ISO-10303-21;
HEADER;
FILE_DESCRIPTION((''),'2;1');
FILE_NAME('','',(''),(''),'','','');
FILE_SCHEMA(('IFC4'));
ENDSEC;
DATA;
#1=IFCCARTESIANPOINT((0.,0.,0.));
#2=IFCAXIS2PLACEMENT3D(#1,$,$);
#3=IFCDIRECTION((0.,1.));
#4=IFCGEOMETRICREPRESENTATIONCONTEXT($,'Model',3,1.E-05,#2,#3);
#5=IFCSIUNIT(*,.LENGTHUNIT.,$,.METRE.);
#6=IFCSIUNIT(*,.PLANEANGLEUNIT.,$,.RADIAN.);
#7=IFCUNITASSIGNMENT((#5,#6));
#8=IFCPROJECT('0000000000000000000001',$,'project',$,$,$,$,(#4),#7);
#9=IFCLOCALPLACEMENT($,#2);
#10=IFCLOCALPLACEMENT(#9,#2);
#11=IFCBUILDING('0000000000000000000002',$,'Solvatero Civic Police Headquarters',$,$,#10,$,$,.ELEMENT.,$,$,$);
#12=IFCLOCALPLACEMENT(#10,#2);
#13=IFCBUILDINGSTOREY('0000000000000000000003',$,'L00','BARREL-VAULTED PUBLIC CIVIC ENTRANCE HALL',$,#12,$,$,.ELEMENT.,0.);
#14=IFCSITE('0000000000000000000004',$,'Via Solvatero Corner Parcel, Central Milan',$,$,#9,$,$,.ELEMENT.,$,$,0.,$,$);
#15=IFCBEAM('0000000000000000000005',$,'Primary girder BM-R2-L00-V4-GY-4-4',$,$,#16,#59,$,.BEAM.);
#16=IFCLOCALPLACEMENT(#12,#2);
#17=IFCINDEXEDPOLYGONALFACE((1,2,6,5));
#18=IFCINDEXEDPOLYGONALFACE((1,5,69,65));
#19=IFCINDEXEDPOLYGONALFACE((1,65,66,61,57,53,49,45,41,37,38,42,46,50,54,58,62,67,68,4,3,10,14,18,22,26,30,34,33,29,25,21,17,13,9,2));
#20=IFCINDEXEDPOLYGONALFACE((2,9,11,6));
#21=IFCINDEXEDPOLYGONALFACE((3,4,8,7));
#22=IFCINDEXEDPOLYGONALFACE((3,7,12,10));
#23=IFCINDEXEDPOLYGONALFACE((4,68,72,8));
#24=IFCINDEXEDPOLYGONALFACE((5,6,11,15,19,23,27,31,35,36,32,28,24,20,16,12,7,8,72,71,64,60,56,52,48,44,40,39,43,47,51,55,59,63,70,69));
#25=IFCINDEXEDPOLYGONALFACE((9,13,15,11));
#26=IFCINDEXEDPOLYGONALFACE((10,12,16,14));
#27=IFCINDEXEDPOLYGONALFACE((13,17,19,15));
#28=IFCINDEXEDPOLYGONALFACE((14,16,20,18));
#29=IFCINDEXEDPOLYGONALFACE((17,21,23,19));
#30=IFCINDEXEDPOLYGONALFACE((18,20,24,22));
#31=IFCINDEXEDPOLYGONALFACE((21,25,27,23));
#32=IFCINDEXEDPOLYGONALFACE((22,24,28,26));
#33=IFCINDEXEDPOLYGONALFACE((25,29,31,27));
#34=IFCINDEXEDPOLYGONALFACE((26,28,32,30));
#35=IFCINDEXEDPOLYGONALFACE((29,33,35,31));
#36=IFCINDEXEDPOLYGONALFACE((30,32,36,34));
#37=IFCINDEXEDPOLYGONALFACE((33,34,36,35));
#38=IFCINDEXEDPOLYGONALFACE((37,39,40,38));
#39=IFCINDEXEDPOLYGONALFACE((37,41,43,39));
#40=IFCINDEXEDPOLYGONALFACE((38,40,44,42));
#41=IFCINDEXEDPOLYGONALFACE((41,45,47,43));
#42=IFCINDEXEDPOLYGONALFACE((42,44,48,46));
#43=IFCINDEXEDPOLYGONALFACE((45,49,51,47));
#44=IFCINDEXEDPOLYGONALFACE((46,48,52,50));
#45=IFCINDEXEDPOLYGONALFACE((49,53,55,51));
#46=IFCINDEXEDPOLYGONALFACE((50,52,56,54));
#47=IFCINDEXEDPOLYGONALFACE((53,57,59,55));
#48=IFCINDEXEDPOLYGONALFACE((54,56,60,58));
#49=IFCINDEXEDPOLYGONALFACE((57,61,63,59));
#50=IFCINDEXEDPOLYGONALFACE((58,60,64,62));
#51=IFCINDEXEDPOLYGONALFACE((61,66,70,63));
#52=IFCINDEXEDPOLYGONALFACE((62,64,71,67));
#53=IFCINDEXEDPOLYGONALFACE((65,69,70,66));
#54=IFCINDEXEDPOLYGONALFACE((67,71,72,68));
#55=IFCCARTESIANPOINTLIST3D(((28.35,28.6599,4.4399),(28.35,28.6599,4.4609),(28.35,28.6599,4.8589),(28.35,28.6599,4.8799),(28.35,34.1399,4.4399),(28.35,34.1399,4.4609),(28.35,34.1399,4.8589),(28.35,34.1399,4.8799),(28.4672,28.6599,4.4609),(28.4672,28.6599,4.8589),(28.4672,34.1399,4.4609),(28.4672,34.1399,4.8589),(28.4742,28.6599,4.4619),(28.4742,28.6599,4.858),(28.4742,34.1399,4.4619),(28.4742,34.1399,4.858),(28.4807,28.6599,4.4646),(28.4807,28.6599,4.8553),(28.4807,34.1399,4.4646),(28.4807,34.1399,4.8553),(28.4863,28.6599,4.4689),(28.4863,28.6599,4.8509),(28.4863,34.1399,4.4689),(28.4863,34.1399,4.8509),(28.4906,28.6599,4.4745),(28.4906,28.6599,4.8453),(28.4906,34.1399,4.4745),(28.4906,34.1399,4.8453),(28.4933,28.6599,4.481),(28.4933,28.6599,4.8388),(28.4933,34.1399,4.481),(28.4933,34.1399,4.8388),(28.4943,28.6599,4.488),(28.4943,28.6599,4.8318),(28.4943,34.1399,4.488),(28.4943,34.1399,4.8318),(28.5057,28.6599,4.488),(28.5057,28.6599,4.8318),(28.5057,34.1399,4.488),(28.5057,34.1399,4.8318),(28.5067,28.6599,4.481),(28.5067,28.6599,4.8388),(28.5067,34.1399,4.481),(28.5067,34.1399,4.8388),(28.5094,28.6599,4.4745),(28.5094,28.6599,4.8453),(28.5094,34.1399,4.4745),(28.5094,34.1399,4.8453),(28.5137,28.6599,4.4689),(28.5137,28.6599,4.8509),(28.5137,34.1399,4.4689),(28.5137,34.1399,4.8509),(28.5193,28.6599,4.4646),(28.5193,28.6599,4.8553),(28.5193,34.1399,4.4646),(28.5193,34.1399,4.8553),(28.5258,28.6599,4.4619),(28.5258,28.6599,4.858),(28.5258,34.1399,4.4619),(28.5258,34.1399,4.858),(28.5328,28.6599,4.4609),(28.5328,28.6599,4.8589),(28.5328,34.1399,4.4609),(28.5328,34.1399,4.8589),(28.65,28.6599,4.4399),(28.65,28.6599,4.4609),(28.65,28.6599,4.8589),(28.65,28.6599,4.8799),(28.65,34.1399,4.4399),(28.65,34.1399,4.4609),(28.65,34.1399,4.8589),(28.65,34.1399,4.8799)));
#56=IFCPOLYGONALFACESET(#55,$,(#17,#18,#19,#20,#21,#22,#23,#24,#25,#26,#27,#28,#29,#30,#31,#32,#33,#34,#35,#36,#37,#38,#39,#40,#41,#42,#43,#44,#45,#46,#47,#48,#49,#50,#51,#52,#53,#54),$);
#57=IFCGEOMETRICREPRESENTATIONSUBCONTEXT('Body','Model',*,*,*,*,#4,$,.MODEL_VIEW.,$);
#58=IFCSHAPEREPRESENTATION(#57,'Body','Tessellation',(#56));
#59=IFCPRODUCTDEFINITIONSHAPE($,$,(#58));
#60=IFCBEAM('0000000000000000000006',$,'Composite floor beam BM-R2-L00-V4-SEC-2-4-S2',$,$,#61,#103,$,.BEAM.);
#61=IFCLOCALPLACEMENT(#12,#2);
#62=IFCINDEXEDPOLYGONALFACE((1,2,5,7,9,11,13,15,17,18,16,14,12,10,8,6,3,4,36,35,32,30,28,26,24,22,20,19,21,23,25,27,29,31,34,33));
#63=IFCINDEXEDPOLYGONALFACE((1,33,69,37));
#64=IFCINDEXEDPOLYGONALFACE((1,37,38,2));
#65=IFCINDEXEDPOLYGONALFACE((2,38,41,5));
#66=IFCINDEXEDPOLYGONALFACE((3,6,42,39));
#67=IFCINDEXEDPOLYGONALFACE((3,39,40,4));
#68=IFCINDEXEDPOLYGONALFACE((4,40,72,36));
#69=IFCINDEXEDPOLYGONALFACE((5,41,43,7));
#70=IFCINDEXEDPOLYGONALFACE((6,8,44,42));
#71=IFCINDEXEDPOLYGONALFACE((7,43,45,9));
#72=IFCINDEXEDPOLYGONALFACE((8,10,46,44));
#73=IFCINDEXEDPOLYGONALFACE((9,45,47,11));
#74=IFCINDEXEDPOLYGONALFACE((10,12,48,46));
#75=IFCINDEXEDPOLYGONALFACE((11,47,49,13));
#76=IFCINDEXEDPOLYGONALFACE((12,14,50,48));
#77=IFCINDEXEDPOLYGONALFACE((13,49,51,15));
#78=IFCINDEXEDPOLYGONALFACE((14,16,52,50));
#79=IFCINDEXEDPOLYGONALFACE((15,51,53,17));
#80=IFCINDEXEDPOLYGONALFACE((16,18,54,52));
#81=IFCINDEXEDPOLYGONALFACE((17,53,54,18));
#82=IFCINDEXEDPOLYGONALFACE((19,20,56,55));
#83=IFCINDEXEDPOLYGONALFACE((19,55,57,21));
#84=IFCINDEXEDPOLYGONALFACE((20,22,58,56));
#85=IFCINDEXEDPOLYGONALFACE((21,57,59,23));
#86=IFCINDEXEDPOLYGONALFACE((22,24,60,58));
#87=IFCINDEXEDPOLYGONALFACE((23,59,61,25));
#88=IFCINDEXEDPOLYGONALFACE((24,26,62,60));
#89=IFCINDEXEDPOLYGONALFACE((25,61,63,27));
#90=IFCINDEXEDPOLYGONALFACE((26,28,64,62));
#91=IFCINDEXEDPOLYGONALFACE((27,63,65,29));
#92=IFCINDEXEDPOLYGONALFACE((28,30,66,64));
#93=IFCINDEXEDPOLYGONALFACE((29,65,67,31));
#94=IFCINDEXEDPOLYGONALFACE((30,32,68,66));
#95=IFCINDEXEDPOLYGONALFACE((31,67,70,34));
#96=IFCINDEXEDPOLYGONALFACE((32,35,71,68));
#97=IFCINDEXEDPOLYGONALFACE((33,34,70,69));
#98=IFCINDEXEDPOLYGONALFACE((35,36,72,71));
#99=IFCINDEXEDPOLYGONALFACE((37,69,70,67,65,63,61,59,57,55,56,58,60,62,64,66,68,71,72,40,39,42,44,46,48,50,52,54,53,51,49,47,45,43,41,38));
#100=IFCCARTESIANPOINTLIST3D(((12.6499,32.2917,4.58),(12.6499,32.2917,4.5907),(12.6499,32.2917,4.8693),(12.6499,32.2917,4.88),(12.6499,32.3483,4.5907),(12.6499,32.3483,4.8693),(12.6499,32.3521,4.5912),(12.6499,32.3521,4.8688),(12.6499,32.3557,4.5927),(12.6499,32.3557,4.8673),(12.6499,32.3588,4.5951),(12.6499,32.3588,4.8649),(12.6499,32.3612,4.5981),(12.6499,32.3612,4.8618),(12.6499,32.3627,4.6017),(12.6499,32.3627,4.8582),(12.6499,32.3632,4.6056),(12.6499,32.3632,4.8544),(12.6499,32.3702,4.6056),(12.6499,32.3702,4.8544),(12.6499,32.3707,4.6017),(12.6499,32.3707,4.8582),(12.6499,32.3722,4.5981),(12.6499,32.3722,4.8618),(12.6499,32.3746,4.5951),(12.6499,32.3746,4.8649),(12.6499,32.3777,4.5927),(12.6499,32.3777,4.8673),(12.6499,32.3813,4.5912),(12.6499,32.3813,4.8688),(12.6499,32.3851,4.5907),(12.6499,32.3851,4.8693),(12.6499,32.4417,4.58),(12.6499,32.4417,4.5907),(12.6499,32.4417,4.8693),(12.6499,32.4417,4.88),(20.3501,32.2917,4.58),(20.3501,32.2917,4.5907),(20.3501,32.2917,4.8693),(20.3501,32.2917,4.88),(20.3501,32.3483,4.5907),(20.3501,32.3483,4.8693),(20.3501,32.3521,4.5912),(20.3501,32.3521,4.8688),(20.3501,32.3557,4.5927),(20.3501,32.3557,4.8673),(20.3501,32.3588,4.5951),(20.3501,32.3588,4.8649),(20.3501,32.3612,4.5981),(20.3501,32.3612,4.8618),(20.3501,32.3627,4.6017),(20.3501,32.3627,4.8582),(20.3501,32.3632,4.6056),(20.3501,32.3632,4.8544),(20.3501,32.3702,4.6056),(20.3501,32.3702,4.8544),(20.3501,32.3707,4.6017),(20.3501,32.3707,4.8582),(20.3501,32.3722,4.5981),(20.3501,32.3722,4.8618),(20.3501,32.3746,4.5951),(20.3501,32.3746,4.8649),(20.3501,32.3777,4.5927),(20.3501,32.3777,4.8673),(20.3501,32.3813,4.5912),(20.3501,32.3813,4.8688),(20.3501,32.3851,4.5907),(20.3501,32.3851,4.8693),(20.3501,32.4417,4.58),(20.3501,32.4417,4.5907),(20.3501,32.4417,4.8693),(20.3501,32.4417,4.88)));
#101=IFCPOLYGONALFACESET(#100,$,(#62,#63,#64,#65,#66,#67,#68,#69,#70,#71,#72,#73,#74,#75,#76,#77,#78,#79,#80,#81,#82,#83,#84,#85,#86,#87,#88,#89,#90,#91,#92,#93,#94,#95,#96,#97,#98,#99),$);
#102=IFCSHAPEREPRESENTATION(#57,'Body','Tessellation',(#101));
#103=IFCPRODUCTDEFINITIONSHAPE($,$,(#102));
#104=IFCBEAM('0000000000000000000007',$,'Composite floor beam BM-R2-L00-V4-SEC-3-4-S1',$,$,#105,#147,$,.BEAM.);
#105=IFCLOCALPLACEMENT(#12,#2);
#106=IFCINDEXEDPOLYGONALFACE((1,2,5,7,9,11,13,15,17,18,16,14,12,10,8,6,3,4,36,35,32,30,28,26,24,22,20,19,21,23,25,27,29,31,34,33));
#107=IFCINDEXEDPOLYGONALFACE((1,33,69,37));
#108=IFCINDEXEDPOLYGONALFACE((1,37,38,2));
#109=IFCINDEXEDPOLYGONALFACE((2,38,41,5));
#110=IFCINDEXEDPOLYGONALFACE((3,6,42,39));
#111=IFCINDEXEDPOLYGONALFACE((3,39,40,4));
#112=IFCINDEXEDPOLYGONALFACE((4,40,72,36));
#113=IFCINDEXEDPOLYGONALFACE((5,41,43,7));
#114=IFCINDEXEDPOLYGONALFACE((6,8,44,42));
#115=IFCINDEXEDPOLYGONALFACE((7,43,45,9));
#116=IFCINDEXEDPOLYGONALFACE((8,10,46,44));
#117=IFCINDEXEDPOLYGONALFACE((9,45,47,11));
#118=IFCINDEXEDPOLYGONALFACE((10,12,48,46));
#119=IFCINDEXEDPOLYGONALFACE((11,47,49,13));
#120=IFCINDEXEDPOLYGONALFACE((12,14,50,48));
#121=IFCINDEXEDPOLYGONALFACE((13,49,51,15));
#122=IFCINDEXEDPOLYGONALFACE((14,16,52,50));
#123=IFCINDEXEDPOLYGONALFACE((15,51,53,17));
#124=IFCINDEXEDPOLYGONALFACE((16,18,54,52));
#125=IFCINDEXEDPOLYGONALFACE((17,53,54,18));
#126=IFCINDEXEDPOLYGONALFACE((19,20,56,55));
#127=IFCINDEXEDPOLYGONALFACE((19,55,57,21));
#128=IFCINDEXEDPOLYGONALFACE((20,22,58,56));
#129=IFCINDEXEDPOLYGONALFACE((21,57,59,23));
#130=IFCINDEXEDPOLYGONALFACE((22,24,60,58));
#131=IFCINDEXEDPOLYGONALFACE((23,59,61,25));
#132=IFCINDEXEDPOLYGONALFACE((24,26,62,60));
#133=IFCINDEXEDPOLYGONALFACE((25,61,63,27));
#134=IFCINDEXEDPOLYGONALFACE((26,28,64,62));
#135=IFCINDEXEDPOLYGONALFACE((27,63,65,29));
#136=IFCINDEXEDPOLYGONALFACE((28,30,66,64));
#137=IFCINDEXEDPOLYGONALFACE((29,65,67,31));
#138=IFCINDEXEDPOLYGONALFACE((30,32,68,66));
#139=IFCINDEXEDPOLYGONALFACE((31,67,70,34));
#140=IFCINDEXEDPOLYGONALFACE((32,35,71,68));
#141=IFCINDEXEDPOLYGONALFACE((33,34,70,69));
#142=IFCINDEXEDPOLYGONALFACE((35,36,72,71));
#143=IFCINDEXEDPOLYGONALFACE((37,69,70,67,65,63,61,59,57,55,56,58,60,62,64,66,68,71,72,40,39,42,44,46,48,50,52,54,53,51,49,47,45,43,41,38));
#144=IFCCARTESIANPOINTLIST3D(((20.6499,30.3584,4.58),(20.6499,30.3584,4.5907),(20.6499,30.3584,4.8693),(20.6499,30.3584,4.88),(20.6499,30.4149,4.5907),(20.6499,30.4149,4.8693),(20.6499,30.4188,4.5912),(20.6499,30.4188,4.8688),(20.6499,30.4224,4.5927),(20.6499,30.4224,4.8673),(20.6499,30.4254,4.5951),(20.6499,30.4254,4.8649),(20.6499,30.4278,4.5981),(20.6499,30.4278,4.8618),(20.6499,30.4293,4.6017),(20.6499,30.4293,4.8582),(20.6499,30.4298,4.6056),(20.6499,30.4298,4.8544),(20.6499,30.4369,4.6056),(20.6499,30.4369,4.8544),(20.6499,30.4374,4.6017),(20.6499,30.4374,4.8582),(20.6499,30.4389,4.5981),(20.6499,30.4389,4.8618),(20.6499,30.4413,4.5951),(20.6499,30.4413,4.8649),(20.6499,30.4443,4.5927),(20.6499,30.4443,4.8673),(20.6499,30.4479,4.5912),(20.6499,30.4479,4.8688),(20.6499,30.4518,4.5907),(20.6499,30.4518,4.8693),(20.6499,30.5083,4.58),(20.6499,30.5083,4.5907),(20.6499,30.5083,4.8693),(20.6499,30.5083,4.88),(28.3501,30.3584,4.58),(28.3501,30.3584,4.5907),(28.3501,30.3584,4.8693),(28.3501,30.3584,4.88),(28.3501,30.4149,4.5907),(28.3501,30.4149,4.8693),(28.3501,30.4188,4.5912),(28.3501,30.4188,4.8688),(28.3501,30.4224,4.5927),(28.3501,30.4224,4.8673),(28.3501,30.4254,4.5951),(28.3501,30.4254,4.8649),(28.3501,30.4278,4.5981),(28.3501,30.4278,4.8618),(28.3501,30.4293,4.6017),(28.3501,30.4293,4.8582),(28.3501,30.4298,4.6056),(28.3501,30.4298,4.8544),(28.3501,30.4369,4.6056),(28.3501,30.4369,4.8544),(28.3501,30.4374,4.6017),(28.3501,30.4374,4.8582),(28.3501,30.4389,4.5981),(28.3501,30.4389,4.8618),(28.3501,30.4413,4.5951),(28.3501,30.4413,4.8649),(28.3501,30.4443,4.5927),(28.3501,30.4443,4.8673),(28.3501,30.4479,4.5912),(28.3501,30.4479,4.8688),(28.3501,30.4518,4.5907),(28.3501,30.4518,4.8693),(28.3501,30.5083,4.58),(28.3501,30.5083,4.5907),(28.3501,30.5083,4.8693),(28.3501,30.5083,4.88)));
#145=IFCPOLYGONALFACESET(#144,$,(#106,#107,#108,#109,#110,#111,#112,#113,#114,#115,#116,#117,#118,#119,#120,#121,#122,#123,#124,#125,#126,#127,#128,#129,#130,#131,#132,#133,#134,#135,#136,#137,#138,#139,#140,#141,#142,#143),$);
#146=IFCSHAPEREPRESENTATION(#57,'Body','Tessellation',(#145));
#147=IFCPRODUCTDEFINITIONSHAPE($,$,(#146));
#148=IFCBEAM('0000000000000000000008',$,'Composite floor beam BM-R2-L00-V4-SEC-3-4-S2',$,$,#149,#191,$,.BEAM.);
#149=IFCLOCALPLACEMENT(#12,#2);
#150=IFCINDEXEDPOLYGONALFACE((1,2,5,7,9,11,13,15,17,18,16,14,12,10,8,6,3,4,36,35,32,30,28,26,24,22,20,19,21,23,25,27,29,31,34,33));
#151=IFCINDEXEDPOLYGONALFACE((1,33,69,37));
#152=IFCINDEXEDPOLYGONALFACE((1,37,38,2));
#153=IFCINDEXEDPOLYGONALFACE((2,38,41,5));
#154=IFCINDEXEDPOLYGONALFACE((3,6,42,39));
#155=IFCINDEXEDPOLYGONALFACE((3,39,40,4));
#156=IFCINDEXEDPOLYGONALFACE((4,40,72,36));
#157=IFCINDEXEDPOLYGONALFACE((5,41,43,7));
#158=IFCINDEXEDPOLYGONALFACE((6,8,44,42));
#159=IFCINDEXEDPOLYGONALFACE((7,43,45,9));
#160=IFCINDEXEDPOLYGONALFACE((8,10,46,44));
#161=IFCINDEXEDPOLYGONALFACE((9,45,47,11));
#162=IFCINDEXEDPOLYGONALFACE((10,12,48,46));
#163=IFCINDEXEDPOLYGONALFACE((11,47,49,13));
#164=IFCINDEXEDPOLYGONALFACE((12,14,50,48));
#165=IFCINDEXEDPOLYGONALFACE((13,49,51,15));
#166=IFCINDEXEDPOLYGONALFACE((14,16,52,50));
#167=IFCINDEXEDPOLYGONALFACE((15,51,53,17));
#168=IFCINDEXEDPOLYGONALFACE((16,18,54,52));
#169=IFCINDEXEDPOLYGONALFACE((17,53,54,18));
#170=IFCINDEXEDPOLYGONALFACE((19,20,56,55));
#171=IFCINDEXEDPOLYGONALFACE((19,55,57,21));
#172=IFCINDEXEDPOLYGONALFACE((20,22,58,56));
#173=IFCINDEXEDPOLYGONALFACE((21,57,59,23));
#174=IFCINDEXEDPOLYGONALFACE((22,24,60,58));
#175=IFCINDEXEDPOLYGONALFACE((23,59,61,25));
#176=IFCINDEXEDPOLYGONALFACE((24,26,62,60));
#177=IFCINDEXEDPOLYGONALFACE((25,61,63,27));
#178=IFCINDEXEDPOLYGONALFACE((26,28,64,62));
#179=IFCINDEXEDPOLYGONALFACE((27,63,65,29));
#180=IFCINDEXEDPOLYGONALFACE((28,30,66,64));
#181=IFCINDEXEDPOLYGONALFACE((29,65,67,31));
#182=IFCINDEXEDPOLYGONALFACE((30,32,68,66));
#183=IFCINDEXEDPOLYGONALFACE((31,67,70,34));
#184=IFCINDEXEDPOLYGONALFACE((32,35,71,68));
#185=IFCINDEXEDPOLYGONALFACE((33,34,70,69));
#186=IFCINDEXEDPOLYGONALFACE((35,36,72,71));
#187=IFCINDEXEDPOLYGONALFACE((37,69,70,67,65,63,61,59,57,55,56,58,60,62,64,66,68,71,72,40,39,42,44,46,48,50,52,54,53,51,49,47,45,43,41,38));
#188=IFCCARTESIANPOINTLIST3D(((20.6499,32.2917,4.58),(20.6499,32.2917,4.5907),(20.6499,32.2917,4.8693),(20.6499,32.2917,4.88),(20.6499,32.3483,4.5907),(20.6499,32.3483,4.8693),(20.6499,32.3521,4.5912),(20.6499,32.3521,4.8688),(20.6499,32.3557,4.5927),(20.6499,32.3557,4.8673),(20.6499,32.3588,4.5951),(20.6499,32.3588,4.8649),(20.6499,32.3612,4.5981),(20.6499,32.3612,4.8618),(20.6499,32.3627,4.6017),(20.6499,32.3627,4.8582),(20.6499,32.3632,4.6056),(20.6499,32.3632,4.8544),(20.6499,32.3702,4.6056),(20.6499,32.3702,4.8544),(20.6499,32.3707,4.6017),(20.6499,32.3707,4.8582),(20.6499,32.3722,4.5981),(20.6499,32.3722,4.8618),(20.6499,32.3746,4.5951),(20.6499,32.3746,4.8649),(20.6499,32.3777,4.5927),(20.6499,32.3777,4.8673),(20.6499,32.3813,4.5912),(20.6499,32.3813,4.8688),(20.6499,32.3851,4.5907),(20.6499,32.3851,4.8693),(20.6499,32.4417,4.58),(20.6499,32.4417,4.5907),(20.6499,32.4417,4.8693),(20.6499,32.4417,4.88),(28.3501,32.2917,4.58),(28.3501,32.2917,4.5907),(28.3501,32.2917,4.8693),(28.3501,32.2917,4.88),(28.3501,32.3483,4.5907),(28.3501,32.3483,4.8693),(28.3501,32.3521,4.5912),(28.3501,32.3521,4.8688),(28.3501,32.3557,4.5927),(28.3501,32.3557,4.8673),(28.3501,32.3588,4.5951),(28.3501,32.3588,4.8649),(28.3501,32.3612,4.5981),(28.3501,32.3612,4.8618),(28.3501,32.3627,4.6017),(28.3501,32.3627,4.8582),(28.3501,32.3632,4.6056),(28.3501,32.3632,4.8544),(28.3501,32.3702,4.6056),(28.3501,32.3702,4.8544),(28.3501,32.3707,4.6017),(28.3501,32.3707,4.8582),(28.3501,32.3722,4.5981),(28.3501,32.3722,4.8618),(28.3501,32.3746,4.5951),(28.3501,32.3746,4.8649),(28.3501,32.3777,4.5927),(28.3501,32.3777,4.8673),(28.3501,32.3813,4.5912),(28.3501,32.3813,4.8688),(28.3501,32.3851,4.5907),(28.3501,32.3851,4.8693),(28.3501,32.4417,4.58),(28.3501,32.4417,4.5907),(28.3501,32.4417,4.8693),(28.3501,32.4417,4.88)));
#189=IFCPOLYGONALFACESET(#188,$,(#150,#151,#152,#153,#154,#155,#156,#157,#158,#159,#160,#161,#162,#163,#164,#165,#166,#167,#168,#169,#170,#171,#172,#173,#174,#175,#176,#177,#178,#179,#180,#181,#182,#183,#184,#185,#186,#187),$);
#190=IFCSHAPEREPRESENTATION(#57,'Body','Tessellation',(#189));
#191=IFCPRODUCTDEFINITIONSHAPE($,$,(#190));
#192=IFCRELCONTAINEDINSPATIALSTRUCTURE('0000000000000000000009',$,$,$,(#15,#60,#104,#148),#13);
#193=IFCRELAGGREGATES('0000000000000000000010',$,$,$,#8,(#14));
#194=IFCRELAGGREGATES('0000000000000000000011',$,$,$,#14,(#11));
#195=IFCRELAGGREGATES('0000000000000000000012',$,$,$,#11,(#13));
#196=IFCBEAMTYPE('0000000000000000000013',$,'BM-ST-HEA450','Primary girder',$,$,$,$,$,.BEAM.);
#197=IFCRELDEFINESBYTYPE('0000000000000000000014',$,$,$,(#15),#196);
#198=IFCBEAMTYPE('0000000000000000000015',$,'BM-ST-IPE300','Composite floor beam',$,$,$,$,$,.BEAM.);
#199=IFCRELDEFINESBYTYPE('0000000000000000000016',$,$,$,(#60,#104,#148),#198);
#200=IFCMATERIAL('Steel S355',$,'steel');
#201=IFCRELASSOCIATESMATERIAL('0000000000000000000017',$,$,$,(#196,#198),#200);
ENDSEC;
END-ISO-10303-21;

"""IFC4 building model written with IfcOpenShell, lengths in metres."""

from ifc_helpers import new_model, si_unit, direction, frame, origin, origin_2d, place, context, subcontext, project, spatial, i_section, extrude, material, material_profile, profile_set, type_object, element, save


model = new_model("IFC4")

# Units and contexts
model_context = context("Model", 3, precision=1e-05, world=origin(), true_north=direction((0.0, 1.0)))
body_context = subcontext(model_context, "Body", "Model", "MODEL_VIEW")
ifc_project = project(units=[si_unit("LENGTHUNIT", "METRE"), si_unit("PLANEANGLEUNIT", "RADIAN")], contexts=[model_context])

# Site, building, storey
site_placement = place(None, origin())
site = spatial("IfcSite", under=ifc_project, at=site_placement, Name="Via Solvatero Corner Parcel, Central Milan", CompositionType="ELEMENT", RefElevation=0.0)
building_placement = place(site_placement, origin())
building = spatial("IfcBuilding", under=site, at=building_placement, Name="Solvatero Civic Police Headquarters", CompositionType="ELEMENT")
storey_placement = place(building_placement, origin())
storey = spatial("IfcBuildingStorey", under=building, at=storey_placement, Name="L00", Description="BARREL-VAULTED PUBLIC CIVIC ENTRANCE HALL", CompositionType="ELEMENT", Elevation=0.0)

# Beams
ifc_material_1 = material(Name="Steel S355", Category="steel")
ifc_material_profile_1 = material_profile(ifc_material_1, i_section(OverallWidth=0.3, OverallDepth=0.4399, WebThickness=0.0115, FlangeThickness=0.021, FilletRadius=0.0271, at=origin_2d()), Name="HEA 450")
ifc_profile_set_1 = profile_set([ifc_material_profile_1], Name="Steel S355")
beam_type_1 = type_object("IfcBeamType", Name="BM-ST-HEA450", Description="Primary girder", PredefinedType="BEAM", material=ifc_profile_set_1)
for number, where, z_axis, x_axis, name in (
    (1, (28.5, 28.6599, 4.6599), (0.0, 1.0, 0.0), (-1.0, 0.0, 0.0), "Primary girder BM-R2-L00-V4-GY-4-4"),
):
    element("IfcBeam", number, at=place(storey_placement, frame(where, z_axis=z_axis, x_axis=x_axis)), inside=storey, type_object=beam_type_1, Name=name, PredefinedType="BEAM", context=body_context, shape_type="SweptSolid", body=[
        extrude(i_section(OverallWidth=0.3, OverallDepth=0.4399, WebThickness=0.0115, FlangeThickness=0.021, FilletRadius=0.0271, at=origin_2d()), origin(), (0.0, 0.0, 1.0), 5.48),
    ])
ifc_material_profile_2 = material_profile(ifc_material_1, i_section(OverallWidth=0.1499, OverallDepth=0.3, WebThickness=0.0071, FlangeThickness=0.0107, FilletRadius=0.0149, at=origin_2d()), Name="IPE 300")
ifc_profile_set_2 = profile_set([ifc_material_profile_2], Name="Steel S355")
beam_type_2 = type_object("IfcBeamType", Name="BM-ST-IPE300", Description="Composite floor beam", PredefinedType="BEAM", material=ifc_profile_set_2)
for number, where, z_axis, x_axis, name in (
    (2, (12.6499, 32.3667, 4.73), (1.0, 0.0, 0.0), (0.0, 1.0, 0.0), "Composite floor beam BM-R2-L00-V4-SEC-2-4-S2"),
    (3, (20.6499, 30.4333, 4.73), (1.0, 0.0, 0.0), (0.0, 1.0, 0.0), "Composite floor beam BM-R2-L00-V4-SEC-3-4-S1"),
    (4, (20.6499, 32.3667, 4.73), (1.0, 0.0, 0.0), (0.0, 1.0, 0.0), "Composite floor beam BM-R2-L00-V4-SEC-3-4-S2"),
):
    element("IfcBeam", number, at=place(storey_placement, frame(where, z_axis=z_axis, x_axis=x_axis)), inside=storey, type_object=beam_type_2, Name=name, PredefinedType="BEAM", context=body_context, shape_type="SweptSolid", body=[
        extrude(i_section(OverallWidth=0.1499, OverallDepth=0.3, WebThickness=0.0071, FlangeThickness=0.0107, FilletRadius=0.0149, at=origin_2d()), origin(), (0.0, 0.0, 1.0), 7.7002),
    ])

save(model, "model.ifc")
